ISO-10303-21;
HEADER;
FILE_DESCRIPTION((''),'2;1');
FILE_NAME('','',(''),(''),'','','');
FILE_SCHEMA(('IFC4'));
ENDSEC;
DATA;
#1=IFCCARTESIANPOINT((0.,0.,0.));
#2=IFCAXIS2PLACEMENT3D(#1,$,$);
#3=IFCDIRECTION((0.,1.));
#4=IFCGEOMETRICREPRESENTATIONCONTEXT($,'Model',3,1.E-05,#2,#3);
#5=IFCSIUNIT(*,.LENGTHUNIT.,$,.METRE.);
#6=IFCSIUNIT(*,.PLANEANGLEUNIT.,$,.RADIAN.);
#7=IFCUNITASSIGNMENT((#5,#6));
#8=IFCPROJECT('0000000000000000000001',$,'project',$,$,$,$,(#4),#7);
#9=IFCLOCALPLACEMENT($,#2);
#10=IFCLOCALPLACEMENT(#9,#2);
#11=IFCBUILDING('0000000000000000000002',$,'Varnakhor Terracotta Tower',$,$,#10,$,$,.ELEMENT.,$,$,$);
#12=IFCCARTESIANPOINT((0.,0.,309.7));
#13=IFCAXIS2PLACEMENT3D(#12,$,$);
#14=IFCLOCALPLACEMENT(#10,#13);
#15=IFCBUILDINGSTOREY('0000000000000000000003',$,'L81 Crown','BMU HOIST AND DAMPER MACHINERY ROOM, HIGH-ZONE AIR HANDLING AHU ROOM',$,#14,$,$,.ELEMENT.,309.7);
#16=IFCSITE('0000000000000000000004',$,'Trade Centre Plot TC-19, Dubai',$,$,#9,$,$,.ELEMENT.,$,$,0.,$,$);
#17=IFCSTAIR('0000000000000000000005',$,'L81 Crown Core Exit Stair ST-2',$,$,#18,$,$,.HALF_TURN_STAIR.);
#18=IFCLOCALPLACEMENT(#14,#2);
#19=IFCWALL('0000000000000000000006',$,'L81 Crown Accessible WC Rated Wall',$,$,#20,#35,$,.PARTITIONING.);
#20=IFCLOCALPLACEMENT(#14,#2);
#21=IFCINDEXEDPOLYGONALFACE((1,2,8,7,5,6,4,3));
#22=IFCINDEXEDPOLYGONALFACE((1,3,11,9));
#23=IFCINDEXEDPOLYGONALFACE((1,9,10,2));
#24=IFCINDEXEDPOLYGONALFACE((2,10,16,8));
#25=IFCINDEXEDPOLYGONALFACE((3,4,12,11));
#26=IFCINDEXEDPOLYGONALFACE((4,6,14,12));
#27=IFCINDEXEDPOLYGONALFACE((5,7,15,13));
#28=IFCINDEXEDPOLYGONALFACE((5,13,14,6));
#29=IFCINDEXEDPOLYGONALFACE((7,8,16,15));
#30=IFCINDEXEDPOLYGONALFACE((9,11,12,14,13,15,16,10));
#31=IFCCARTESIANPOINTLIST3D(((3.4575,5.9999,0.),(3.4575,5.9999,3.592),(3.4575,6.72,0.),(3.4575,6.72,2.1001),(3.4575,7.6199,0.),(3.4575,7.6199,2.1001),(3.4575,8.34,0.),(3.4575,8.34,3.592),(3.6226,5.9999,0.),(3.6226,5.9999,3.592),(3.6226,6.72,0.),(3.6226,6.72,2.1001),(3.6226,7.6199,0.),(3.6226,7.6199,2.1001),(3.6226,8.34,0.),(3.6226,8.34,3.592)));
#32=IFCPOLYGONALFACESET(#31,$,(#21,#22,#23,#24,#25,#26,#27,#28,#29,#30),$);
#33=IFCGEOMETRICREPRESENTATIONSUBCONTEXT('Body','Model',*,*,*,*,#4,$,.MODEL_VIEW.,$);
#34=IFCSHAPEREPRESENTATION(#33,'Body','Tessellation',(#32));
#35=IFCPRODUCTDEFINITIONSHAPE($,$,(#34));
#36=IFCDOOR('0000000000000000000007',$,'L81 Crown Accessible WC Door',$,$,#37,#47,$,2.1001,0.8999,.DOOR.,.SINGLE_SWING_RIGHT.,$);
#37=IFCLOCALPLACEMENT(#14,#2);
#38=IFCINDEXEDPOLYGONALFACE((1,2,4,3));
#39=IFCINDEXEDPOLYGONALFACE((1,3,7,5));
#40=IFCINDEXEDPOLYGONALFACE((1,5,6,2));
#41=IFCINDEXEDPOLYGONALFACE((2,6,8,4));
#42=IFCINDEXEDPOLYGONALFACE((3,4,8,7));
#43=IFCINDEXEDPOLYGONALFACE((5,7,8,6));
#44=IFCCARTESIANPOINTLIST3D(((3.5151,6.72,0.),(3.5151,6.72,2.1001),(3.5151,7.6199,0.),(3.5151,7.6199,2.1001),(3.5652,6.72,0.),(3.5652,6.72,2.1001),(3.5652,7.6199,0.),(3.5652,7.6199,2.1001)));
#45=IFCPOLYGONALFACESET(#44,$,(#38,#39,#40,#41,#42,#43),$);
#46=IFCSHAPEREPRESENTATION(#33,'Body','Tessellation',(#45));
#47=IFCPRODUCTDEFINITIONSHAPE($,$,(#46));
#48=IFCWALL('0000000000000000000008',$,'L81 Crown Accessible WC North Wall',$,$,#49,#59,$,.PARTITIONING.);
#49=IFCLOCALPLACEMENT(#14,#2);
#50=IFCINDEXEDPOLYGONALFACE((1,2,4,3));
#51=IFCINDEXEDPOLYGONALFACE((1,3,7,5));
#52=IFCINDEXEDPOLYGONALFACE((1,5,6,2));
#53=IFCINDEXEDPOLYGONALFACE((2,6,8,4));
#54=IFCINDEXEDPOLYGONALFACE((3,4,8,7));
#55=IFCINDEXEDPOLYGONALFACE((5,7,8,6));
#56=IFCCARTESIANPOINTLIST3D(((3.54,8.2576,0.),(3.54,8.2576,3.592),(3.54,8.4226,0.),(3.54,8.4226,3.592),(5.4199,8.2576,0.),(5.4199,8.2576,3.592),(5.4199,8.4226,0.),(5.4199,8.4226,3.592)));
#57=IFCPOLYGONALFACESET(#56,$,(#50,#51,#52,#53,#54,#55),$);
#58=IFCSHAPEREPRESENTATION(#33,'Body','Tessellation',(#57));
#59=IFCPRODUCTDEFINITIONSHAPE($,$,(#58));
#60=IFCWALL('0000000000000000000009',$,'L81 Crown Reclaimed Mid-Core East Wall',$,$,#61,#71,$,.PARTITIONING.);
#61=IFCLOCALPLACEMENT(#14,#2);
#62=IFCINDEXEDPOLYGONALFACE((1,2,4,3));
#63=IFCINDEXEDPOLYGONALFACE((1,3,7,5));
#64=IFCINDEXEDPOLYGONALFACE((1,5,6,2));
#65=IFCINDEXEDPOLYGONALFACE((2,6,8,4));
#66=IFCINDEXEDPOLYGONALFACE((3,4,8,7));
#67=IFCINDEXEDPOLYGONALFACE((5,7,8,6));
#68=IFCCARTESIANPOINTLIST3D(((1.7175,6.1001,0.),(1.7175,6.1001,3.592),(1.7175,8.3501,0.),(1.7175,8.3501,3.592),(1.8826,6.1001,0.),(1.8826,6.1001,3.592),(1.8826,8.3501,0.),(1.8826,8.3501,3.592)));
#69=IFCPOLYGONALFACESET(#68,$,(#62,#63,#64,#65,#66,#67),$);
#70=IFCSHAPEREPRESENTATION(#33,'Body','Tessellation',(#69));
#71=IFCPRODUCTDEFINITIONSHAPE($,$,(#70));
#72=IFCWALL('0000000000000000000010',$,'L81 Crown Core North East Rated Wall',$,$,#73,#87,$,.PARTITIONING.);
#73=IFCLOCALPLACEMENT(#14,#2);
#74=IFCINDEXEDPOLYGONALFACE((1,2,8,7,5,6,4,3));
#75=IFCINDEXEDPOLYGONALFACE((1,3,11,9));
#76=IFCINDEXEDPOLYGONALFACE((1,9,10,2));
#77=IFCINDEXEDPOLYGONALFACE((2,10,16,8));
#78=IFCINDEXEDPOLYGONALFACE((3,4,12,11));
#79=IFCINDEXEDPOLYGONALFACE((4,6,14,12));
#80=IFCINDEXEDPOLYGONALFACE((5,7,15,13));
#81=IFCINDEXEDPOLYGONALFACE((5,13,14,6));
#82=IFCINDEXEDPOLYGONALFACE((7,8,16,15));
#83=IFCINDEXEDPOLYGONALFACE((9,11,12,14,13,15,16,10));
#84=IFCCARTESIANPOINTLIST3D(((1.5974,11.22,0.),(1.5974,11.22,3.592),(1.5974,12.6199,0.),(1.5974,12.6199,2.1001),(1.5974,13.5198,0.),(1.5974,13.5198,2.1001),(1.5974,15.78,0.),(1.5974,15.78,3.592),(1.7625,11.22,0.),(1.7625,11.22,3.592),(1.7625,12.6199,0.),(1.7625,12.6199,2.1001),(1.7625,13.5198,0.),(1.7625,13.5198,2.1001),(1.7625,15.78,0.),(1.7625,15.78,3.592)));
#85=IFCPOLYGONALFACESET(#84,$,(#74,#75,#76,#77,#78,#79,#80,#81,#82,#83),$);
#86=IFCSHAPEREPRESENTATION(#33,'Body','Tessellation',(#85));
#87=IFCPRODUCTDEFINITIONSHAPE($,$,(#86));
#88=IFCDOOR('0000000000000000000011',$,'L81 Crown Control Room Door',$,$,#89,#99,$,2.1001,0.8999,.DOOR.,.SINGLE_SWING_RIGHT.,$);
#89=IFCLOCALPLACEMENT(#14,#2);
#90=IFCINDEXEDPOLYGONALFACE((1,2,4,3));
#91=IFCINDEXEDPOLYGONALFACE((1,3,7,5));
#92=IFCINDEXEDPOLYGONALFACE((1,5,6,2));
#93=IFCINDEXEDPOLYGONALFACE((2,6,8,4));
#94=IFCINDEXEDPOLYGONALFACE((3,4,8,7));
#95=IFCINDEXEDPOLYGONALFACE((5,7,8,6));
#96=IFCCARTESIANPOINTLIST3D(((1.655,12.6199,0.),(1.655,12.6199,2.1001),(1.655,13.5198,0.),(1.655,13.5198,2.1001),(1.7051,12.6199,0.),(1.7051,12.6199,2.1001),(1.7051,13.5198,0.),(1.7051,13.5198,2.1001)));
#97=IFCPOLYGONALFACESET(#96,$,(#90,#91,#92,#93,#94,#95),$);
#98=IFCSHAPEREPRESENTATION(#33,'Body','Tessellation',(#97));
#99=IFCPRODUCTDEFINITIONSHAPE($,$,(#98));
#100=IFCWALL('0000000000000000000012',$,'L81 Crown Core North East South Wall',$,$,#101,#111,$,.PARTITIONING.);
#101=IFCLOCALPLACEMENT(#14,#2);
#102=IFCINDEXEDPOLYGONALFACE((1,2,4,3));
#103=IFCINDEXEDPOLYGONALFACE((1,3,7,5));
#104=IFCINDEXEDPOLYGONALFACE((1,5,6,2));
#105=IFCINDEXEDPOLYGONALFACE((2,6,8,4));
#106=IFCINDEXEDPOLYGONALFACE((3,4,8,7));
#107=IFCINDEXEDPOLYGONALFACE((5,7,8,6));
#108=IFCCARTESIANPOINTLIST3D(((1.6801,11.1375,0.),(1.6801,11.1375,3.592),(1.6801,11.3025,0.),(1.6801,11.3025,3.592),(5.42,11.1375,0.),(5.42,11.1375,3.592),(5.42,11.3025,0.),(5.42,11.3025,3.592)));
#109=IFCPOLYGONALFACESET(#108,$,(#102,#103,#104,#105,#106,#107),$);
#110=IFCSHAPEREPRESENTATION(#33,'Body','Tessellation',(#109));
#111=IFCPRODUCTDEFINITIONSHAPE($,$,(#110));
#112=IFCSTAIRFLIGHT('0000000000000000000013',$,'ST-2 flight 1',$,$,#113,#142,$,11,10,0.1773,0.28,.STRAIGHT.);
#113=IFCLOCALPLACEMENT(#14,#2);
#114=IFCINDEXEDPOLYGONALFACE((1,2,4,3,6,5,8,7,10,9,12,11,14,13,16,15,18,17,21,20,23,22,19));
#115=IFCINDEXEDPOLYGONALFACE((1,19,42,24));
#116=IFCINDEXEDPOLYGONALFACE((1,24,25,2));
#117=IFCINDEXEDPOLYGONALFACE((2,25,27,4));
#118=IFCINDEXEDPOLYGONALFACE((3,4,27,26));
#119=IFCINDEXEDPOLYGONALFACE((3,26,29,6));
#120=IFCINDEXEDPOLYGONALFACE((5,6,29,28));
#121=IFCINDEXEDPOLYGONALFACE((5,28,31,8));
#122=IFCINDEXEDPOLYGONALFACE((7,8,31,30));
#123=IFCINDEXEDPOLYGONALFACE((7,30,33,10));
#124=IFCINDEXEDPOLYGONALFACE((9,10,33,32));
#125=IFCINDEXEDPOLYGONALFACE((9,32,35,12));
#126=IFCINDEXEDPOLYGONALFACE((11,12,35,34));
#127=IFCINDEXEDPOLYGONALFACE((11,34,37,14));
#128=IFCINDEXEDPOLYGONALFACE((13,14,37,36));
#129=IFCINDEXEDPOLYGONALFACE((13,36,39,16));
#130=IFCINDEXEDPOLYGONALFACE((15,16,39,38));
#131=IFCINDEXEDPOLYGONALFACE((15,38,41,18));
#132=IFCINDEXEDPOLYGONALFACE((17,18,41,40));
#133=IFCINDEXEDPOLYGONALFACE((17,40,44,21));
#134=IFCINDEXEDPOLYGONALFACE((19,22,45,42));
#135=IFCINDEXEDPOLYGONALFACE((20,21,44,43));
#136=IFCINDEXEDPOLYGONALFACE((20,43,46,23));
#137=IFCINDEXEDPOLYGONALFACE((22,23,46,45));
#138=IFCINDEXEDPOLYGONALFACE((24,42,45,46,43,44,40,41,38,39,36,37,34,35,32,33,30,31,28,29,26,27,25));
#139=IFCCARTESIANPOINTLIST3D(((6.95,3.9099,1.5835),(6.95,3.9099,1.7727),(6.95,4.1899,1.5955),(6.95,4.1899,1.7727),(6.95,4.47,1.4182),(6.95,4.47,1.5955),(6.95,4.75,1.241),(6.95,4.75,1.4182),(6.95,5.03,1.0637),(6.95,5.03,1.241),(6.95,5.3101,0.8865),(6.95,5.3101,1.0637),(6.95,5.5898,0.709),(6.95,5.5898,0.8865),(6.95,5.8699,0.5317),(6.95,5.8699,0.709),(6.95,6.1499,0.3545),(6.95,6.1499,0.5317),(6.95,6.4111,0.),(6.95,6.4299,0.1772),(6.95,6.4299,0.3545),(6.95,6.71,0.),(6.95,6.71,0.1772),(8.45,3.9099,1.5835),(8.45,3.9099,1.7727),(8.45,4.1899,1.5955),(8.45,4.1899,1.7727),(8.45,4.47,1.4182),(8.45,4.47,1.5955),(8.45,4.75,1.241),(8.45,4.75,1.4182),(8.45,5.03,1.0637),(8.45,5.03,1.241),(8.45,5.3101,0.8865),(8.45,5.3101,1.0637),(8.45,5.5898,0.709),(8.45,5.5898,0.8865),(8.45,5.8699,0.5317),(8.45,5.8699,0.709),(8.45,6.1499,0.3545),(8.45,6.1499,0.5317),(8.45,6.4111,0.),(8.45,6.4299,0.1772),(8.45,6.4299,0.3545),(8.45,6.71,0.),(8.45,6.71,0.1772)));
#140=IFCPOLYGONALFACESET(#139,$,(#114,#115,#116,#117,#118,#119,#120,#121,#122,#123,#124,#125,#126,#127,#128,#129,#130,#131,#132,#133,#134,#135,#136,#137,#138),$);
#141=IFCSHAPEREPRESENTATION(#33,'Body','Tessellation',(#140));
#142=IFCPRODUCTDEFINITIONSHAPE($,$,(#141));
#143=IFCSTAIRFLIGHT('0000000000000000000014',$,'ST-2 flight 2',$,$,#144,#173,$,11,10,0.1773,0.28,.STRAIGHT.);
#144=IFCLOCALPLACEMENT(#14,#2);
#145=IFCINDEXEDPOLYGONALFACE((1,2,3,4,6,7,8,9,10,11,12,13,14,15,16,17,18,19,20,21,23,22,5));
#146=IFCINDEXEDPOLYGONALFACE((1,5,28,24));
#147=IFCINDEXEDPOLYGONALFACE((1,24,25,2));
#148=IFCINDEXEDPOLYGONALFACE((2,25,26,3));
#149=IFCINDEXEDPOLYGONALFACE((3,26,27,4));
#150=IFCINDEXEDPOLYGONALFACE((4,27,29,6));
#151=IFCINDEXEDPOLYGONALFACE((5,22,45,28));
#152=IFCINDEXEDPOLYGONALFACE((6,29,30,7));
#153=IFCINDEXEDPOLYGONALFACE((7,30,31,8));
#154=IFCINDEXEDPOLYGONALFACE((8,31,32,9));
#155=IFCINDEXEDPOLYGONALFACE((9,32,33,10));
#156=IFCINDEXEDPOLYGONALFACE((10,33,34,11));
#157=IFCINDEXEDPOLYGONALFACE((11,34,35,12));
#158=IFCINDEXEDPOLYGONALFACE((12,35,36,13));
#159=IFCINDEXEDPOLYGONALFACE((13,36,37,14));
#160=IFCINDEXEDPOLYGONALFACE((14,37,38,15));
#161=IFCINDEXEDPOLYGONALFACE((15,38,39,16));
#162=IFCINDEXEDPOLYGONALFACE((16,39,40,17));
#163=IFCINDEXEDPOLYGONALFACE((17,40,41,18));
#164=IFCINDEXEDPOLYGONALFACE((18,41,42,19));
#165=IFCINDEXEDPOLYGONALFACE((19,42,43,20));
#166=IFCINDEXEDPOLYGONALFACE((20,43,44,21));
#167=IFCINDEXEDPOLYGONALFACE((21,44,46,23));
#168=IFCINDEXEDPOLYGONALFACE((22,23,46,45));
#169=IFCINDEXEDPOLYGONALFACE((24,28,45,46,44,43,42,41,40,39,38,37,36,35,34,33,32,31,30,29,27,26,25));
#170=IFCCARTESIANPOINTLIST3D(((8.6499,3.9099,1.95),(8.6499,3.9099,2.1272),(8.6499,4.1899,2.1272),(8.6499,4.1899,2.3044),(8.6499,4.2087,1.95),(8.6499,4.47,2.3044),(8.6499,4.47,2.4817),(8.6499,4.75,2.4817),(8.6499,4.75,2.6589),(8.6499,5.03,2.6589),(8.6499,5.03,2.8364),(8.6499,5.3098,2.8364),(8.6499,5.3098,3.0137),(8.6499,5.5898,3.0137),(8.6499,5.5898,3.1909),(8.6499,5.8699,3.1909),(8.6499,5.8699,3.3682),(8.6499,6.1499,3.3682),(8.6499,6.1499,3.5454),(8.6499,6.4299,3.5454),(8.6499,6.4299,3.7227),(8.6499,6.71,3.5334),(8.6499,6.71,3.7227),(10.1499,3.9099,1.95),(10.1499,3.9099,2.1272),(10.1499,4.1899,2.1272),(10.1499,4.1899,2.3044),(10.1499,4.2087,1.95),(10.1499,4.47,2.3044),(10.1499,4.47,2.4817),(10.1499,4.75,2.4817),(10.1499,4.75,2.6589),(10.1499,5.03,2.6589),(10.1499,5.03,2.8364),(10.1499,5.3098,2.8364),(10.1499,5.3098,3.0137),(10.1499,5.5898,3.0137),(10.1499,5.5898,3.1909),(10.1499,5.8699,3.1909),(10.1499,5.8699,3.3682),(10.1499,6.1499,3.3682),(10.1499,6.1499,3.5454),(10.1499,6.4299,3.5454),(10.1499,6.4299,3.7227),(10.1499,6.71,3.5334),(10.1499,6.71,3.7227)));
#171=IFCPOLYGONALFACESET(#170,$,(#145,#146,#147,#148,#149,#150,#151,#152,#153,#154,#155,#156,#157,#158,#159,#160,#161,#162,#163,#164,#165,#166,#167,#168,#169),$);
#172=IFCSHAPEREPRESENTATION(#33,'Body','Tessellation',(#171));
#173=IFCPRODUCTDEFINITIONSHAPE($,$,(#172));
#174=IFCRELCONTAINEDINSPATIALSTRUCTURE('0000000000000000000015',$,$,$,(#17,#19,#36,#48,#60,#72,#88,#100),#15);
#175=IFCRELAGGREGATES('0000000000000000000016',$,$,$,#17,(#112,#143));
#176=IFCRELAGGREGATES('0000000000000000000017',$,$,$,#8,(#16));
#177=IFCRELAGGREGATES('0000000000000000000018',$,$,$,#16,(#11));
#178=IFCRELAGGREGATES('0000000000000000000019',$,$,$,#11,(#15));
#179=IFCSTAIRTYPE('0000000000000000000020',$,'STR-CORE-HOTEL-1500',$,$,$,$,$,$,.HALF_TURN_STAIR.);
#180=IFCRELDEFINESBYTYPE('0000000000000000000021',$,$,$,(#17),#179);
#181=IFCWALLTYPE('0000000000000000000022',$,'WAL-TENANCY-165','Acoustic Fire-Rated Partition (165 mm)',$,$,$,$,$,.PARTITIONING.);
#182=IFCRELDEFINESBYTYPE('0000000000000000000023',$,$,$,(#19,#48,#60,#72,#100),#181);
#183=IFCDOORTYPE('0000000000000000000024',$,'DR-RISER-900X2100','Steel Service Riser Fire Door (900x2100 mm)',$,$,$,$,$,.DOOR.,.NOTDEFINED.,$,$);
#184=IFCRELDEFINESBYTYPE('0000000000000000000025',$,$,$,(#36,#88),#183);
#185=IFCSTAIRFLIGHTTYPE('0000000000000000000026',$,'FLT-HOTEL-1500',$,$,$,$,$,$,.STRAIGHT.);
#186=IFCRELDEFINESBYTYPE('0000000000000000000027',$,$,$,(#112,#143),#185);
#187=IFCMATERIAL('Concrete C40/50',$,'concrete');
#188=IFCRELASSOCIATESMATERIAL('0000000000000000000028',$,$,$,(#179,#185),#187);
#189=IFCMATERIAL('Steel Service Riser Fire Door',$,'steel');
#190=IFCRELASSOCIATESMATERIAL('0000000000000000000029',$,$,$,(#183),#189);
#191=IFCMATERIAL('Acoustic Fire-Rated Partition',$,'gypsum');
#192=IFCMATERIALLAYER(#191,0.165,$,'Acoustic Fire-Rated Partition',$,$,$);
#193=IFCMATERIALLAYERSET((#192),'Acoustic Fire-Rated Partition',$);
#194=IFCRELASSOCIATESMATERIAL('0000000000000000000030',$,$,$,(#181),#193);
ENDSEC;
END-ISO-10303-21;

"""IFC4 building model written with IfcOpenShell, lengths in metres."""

from ifc_helpers import new_model, si_unit, direction, frame, frame_2d, origin, place, context, subcontext, project, spatial, polyline, rectangle, outline, extrude, source, transform, mapped, material, layer, layer_set, type_object, type_shapes, element, fill, aggregate, save


model = new_model("IFC4")

# Units and contexts
model_context = context("Model", 3, precision=1e-05, world=origin(), true_north=direction((0.0, 1.0)))
body_context = subcontext(model_context, "Body", "Model", "MODEL_VIEW")
ifc_project = project(units=[si_unit("LENGTHUNIT", "METRE"), si_unit("PLANEANGLEUNIT", "RADIAN")], contexts=[model_context])

# Site, building, storey
site_placement = place(None, origin())
site = spatial("IfcSite", under=ifc_project, at=site_placement, Name="Trade Centre Plot TC-19, Dubai", CompositionType="ELEMENT", RefElevation=0.0)
building_placement = place(site_placement, origin())
building = spatial("IfcBuilding", under=site, at=building_placement, Name="Varnakhor Terracotta Tower", CompositionType="ELEMENT")
storey_placement = place(building_placement, frame((0.0, 0.0, 309.7)))
storey = spatial("IfcBuildingStorey", under=building, at=storey_placement, Name="L81 Crown", Description="BMU HOIST AND DAMPER MACHINERY ROOM, HIGH-ZONE AIR HANDLING AHU ROOM", CompositionType="ELEMENT", Elevation=309.7)

# Stair
ifc_material_1 = material(Name="Concrete C40/50", Category="concrete")
stair_type = type_object("IfcStairType", Name="STR-CORE-HOTEL-1500", PredefinedType="HALF_TURN_STAIR", material=ifc_material_1)
stair_1_placement = place(storey_placement, origin())
stair_1 = element("IfcStair", 1, at=stair_1_placement, inside=storey, type_object=stair_type, Name="L81 Crown Core Exit Stair ST-2", PredefinedType="HALF_TURN_STAIR")

# Shared definitions
ifc_material_2 = material(Name="Acoustic Fire-Rated Partition", Category="gypsum")

# Wall, opening, door
ifc_material_3 = material(Name="Steel Service Riser Fire Door", Category="steel")
door_type_1 = type_object("IfcDoorType", Name="DR-RISER-900X2100", Description="Steel Service Riser Fire Door (900x2100 mm)", OperationType="NOTDEFINED", PredefinedType="DOOR", material=ifc_material_3)
shared_shape_1 = source(origin(), body_context, "Body", "SweptSolid", [
    extrude(rectangle(XDim=0.8999, YDim=2.1001, at=frame_2d((0.45, 1.05))), frame((0.0, 0.0249, 0.0), z_axis=(0.0, -1.0, 0.0), x_axis=(1.0, 0.0, 0.0)), (0.0, 0.0, 1.0), 0.05),
])
type_shapes(door_type_1, [shared_shape_1])
ifc_layer_1 = layer(ifc_material_2, 0.165, Name="Acoustic Fire-Rated Partition")
ifc_layer_set_1 = layer_set([ifc_layer_1], Name="Acoustic Fire-Rated Partition")
wall_type_1 = type_object("IfcWallType", Name="WAL-TENANCY-165", Description="Acoustic Fire-Rated Partition (165 mm)", PredefinedType="PARTITIONING", material=ifc_layer_set_1)
wall_1_placement = place(storey_placement, frame((3.54, 6.0, 0.0), z_axis=(0.0, 0.0, 1.0), x_axis=(0.0, 1.0, 0.0)))
wall_1 = element("IfcWall", 2, at=wall_1_placement, inside=storey, type_object=wall_type_1, Name="L81 Crown Accessible WC Rated Wall", PredefinedType="PARTITIONING", context=body_context, shape_type="SweptSolid", body=[
    extrude(rectangle(XDim=2.3401, YDim=0.165, at=frame_2d((1.1699, 0.0))), origin(), (0.0, 0.0, 1.0), 3.592),
])
opening_1_placement = place(wall_1_placement, frame((0.72, 0.0, 0.0)))
opening_1 = element("IfcOpeningElement", 3, at=opening_1_placement, cuts=wall_1, PredefinedType="OPENING", context=body_context, shape_type="SweptSolid", body=[
    extrude(rectangle(XDim=0.8999, YDim=2.1001, at=frame_2d((0.45, 1.05))), frame((0.0, 0.0925, 0.0), z_axis=(0.0, -1.0, 0.0), x_axis=(1.0, 0.0, 0.0)), (0.0, 0.0, 1.0), 0.1851),
])
door_1_placement = place(opening_1_placement, origin())
door_1 = element("IfcDoor", 4, at=door_1_placement, inside=storey, type_object=door_type_1, Name="L81 Crown Accessible WC Door", OperationType="SINGLE_SWING_RIGHT", OverallHeight=2.1001, OverallWidth=0.8999, PredefinedType="DOOR", context=body_context, shape_type="MappedRepresentation", body=[
    mapped(shared_shape_1, transform((0.0, 0.0, 0.0), scale=1.0)),
])
fill(opening_1, door_1)

# Walls
wall_2_placement = place(storey_placement, frame((3.54, 8.3401, 0.0), z_axis=(0.0, 0.0, 1.0), x_axis=(1.0, 0.0, 0.0)))
element("IfcWall", 5, at=wall_2_placement, inside=storey, type_object=wall_type_1, Name="L81 Crown Accessible WC North Wall", PredefinedType="PARTITIONING", context=body_context, shape_type="SweptSolid", body=[
    extrude(rectangle(XDim=1.8799, YDim=0.165, at=frame_2d((0.9399, 0.0))), origin(), (0.0, 0.0, 1.0), 3.592),
])
wall_3_placement = place(storey_placement, frame((1.8, 6.1001, 0.0), z_axis=(0.0, 0.0, 1.0), x_axis=(0.0, 1.0, 0.0)))
element("IfcWall", 6, at=wall_3_placement, inside=storey, type_object=wall_type_1, Name="L81 Crown Reclaimed Mid-Core East Wall", PredefinedType="PARTITIONING", context=body_context, shape_type="SweptSolid", body=[
    extrude(rectangle(XDim=2.25, YDim=0.165, at=frame_2d((1.125, 0.0))), origin(), (0.0, 0.0, 1.0), 3.592),
])

# Wall, opening, door
wall_4_placement = place(storey_placement, frame((1.6799, 11.22, 0.0), z_axis=(0.0, 0.0, 1.0), x_axis=(0.0, 1.0, 0.0)))
wall_4 = element("IfcWall", 7, at=wall_4_placement, inside=storey, type_object=wall_type_1, Name="L81 Crown Core North East Rated Wall", PredefinedType="PARTITIONING", context=body_context, shape_type="SweptSolid", body=[
    extrude(rectangle(XDim=4.5601, YDim=0.165, at=frame_2d((2.28, 0.0))), origin(), (0.0, 0.0, 1.0), 3.592),
])
opening_2_placement = place(wall_4_placement, frame((1.3999, 0.0, 0.0)))
opening_2 = element("IfcOpeningElement", 8, at=opening_2_placement, cuts=wall_4, PredefinedType="OPENING", context=body_context, shape_type="SweptSolid", body=[
    extrude(rectangle(XDim=0.8999, YDim=2.1001, at=frame_2d((0.45, 1.05))), frame((0.0, 0.0925, 0.0), z_axis=(0.0, -1.0, 0.0), x_axis=(1.0, 0.0, 0.0)), (0.0, 0.0, 1.0), 0.1851),
])
door_2_placement = place(opening_2_placement, origin())
door_2 = element("IfcDoor", 9, at=door_2_placement, inside=storey, type_object=door_type_1, Name="L81 Crown Control Room Door", OperationType="SINGLE_SWING_RIGHT", OverallHeight=2.1001, OverallWidth=0.8999, PredefinedType="DOOR", context=body_context, shape_type="MappedRepresentation", body=[
    mapped(shared_shape_1, transform((0.0, 0.0, 0.0), scale=1.0)),
])
fill(opening_2, door_2)

# Wall
wall_5_placement = place(storey_placement, frame((1.6799, 11.22, 0.0), z_axis=(0.0, 0.0, 1.0), x_axis=(1.0, 0.0, 0.0)))
element("IfcWall", 10, at=wall_5_placement, inside=storey, type_object=wall_type_1, Name="L81 Crown Core North East South Wall", PredefinedType="PARTITIONING", context=body_context, shape_type="SweptSolid", body=[
    extrude(rectangle(XDim=3.74, YDim=0.165, at=frame_2d((1.8701, 0.0))), origin(), (0.0, 0.0, 1.0), 3.592),
])

# Stair flights
stair_flight_type = type_object("IfcStairFlightType", Name="FLT-HOTEL-1500", PredefinedType="STRAIGHT", material=ifc_material_1)
stair_flight_1_placement = place(storey_placement, frame((7.7, 6.71, 0.0), z_axis=(0.0, 0.0, 1.0), x_axis=(0.0, -1.0, 0.0)))
stair_flight_1 = element("IfcStairFlight", 11, at=stair_flight_1_placement, type_object=stair_flight_type, Name="ST-2 flight 1", NumberOfRisers=11, NumberOfTreads=10, PredefinedType="STRAIGHT", RiserHeight=0.1773, TreadLength=0.28, context=body_context, shape_type="SweptSolid", body=[
    extrude(outline(polyline([(0.0, 0.0), (0.0, 0.1772), (0.28, 0.1772), (0.28, 0.3545), (0.5601, 0.3545), (0.5601, 0.5317), (0.8401, 0.5317), (0.8401, 0.709), (1.1201, 0.709), (1.1201, 0.8865), (1.3999, 0.8865), (1.3999, 1.0637), (1.6799, 1.0637), (1.6799, 1.241), (1.96, 1.241), (1.96, 1.4182), (2.24, 1.4182), (2.24, 1.5955), (2.52, 1.5955), (2.52, 1.7727), (2.8, 1.7727), (2.8, 1.95), (2.8, 1.5835), (0.2988, 0.0), (0.0, 0.0)])), frame((0.0, 0.75, 0.0), z_axis=(0.0, -1.0, 0.0), x_axis=(1.0, 0.0, 0.0)), (0.0, 0.0, 1.0), 1.5),
])
stair_flight_2_placement = place(storey_placement, frame((9.3999, 3.9099, 1.95), z_axis=(0.0, 0.0, 1.0), x_axis=(0.0, 1.0, 0.0)))
stair_flight_2 = element("IfcStairFlight", 12, at=stair_flight_2_placement, type_object=stair_flight_type, Name="ST-2 flight 2", NumberOfRisers=11, NumberOfTreads=10, PredefinedType="STRAIGHT", RiserHeight=0.1773, TreadLength=0.28, context=body_context, shape_type="SweptSolid", body=[
    extrude(outline(polyline([(0.0, 0.0), (0.0, 0.1772), (0.28, 0.1772), (0.28, 0.3545), (0.5601, 0.3545), (0.5601, 0.5317), (0.8401, 0.5317), (0.8401, 0.709), (1.1201, 0.709), (1.1201, 0.8865), (1.3999, 0.8865), (1.3999, 1.0637), (1.6799, 1.0637), (1.6799, 1.241), (1.96, 1.241), (1.96, 1.4182), (2.24, 1.4182), (2.24, 1.5955), (2.52, 1.5955), (2.52, 1.7727), (2.8, 1.7727), (2.8, 1.95), (2.8, 1.5835), (0.2988, 0.0), (0.0, 0.0)])), frame((0.0, 0.75, 0.0), z_axis=(0.0, -1.0, 0.0), x_axis=(1.0, 0.0, 0.0)), (0.0, 0.0, 1.0), 1.5),
])
aggregate(stair_1, [stair_flight_1, stair_flight_2])

save(model, "model.ifc")
